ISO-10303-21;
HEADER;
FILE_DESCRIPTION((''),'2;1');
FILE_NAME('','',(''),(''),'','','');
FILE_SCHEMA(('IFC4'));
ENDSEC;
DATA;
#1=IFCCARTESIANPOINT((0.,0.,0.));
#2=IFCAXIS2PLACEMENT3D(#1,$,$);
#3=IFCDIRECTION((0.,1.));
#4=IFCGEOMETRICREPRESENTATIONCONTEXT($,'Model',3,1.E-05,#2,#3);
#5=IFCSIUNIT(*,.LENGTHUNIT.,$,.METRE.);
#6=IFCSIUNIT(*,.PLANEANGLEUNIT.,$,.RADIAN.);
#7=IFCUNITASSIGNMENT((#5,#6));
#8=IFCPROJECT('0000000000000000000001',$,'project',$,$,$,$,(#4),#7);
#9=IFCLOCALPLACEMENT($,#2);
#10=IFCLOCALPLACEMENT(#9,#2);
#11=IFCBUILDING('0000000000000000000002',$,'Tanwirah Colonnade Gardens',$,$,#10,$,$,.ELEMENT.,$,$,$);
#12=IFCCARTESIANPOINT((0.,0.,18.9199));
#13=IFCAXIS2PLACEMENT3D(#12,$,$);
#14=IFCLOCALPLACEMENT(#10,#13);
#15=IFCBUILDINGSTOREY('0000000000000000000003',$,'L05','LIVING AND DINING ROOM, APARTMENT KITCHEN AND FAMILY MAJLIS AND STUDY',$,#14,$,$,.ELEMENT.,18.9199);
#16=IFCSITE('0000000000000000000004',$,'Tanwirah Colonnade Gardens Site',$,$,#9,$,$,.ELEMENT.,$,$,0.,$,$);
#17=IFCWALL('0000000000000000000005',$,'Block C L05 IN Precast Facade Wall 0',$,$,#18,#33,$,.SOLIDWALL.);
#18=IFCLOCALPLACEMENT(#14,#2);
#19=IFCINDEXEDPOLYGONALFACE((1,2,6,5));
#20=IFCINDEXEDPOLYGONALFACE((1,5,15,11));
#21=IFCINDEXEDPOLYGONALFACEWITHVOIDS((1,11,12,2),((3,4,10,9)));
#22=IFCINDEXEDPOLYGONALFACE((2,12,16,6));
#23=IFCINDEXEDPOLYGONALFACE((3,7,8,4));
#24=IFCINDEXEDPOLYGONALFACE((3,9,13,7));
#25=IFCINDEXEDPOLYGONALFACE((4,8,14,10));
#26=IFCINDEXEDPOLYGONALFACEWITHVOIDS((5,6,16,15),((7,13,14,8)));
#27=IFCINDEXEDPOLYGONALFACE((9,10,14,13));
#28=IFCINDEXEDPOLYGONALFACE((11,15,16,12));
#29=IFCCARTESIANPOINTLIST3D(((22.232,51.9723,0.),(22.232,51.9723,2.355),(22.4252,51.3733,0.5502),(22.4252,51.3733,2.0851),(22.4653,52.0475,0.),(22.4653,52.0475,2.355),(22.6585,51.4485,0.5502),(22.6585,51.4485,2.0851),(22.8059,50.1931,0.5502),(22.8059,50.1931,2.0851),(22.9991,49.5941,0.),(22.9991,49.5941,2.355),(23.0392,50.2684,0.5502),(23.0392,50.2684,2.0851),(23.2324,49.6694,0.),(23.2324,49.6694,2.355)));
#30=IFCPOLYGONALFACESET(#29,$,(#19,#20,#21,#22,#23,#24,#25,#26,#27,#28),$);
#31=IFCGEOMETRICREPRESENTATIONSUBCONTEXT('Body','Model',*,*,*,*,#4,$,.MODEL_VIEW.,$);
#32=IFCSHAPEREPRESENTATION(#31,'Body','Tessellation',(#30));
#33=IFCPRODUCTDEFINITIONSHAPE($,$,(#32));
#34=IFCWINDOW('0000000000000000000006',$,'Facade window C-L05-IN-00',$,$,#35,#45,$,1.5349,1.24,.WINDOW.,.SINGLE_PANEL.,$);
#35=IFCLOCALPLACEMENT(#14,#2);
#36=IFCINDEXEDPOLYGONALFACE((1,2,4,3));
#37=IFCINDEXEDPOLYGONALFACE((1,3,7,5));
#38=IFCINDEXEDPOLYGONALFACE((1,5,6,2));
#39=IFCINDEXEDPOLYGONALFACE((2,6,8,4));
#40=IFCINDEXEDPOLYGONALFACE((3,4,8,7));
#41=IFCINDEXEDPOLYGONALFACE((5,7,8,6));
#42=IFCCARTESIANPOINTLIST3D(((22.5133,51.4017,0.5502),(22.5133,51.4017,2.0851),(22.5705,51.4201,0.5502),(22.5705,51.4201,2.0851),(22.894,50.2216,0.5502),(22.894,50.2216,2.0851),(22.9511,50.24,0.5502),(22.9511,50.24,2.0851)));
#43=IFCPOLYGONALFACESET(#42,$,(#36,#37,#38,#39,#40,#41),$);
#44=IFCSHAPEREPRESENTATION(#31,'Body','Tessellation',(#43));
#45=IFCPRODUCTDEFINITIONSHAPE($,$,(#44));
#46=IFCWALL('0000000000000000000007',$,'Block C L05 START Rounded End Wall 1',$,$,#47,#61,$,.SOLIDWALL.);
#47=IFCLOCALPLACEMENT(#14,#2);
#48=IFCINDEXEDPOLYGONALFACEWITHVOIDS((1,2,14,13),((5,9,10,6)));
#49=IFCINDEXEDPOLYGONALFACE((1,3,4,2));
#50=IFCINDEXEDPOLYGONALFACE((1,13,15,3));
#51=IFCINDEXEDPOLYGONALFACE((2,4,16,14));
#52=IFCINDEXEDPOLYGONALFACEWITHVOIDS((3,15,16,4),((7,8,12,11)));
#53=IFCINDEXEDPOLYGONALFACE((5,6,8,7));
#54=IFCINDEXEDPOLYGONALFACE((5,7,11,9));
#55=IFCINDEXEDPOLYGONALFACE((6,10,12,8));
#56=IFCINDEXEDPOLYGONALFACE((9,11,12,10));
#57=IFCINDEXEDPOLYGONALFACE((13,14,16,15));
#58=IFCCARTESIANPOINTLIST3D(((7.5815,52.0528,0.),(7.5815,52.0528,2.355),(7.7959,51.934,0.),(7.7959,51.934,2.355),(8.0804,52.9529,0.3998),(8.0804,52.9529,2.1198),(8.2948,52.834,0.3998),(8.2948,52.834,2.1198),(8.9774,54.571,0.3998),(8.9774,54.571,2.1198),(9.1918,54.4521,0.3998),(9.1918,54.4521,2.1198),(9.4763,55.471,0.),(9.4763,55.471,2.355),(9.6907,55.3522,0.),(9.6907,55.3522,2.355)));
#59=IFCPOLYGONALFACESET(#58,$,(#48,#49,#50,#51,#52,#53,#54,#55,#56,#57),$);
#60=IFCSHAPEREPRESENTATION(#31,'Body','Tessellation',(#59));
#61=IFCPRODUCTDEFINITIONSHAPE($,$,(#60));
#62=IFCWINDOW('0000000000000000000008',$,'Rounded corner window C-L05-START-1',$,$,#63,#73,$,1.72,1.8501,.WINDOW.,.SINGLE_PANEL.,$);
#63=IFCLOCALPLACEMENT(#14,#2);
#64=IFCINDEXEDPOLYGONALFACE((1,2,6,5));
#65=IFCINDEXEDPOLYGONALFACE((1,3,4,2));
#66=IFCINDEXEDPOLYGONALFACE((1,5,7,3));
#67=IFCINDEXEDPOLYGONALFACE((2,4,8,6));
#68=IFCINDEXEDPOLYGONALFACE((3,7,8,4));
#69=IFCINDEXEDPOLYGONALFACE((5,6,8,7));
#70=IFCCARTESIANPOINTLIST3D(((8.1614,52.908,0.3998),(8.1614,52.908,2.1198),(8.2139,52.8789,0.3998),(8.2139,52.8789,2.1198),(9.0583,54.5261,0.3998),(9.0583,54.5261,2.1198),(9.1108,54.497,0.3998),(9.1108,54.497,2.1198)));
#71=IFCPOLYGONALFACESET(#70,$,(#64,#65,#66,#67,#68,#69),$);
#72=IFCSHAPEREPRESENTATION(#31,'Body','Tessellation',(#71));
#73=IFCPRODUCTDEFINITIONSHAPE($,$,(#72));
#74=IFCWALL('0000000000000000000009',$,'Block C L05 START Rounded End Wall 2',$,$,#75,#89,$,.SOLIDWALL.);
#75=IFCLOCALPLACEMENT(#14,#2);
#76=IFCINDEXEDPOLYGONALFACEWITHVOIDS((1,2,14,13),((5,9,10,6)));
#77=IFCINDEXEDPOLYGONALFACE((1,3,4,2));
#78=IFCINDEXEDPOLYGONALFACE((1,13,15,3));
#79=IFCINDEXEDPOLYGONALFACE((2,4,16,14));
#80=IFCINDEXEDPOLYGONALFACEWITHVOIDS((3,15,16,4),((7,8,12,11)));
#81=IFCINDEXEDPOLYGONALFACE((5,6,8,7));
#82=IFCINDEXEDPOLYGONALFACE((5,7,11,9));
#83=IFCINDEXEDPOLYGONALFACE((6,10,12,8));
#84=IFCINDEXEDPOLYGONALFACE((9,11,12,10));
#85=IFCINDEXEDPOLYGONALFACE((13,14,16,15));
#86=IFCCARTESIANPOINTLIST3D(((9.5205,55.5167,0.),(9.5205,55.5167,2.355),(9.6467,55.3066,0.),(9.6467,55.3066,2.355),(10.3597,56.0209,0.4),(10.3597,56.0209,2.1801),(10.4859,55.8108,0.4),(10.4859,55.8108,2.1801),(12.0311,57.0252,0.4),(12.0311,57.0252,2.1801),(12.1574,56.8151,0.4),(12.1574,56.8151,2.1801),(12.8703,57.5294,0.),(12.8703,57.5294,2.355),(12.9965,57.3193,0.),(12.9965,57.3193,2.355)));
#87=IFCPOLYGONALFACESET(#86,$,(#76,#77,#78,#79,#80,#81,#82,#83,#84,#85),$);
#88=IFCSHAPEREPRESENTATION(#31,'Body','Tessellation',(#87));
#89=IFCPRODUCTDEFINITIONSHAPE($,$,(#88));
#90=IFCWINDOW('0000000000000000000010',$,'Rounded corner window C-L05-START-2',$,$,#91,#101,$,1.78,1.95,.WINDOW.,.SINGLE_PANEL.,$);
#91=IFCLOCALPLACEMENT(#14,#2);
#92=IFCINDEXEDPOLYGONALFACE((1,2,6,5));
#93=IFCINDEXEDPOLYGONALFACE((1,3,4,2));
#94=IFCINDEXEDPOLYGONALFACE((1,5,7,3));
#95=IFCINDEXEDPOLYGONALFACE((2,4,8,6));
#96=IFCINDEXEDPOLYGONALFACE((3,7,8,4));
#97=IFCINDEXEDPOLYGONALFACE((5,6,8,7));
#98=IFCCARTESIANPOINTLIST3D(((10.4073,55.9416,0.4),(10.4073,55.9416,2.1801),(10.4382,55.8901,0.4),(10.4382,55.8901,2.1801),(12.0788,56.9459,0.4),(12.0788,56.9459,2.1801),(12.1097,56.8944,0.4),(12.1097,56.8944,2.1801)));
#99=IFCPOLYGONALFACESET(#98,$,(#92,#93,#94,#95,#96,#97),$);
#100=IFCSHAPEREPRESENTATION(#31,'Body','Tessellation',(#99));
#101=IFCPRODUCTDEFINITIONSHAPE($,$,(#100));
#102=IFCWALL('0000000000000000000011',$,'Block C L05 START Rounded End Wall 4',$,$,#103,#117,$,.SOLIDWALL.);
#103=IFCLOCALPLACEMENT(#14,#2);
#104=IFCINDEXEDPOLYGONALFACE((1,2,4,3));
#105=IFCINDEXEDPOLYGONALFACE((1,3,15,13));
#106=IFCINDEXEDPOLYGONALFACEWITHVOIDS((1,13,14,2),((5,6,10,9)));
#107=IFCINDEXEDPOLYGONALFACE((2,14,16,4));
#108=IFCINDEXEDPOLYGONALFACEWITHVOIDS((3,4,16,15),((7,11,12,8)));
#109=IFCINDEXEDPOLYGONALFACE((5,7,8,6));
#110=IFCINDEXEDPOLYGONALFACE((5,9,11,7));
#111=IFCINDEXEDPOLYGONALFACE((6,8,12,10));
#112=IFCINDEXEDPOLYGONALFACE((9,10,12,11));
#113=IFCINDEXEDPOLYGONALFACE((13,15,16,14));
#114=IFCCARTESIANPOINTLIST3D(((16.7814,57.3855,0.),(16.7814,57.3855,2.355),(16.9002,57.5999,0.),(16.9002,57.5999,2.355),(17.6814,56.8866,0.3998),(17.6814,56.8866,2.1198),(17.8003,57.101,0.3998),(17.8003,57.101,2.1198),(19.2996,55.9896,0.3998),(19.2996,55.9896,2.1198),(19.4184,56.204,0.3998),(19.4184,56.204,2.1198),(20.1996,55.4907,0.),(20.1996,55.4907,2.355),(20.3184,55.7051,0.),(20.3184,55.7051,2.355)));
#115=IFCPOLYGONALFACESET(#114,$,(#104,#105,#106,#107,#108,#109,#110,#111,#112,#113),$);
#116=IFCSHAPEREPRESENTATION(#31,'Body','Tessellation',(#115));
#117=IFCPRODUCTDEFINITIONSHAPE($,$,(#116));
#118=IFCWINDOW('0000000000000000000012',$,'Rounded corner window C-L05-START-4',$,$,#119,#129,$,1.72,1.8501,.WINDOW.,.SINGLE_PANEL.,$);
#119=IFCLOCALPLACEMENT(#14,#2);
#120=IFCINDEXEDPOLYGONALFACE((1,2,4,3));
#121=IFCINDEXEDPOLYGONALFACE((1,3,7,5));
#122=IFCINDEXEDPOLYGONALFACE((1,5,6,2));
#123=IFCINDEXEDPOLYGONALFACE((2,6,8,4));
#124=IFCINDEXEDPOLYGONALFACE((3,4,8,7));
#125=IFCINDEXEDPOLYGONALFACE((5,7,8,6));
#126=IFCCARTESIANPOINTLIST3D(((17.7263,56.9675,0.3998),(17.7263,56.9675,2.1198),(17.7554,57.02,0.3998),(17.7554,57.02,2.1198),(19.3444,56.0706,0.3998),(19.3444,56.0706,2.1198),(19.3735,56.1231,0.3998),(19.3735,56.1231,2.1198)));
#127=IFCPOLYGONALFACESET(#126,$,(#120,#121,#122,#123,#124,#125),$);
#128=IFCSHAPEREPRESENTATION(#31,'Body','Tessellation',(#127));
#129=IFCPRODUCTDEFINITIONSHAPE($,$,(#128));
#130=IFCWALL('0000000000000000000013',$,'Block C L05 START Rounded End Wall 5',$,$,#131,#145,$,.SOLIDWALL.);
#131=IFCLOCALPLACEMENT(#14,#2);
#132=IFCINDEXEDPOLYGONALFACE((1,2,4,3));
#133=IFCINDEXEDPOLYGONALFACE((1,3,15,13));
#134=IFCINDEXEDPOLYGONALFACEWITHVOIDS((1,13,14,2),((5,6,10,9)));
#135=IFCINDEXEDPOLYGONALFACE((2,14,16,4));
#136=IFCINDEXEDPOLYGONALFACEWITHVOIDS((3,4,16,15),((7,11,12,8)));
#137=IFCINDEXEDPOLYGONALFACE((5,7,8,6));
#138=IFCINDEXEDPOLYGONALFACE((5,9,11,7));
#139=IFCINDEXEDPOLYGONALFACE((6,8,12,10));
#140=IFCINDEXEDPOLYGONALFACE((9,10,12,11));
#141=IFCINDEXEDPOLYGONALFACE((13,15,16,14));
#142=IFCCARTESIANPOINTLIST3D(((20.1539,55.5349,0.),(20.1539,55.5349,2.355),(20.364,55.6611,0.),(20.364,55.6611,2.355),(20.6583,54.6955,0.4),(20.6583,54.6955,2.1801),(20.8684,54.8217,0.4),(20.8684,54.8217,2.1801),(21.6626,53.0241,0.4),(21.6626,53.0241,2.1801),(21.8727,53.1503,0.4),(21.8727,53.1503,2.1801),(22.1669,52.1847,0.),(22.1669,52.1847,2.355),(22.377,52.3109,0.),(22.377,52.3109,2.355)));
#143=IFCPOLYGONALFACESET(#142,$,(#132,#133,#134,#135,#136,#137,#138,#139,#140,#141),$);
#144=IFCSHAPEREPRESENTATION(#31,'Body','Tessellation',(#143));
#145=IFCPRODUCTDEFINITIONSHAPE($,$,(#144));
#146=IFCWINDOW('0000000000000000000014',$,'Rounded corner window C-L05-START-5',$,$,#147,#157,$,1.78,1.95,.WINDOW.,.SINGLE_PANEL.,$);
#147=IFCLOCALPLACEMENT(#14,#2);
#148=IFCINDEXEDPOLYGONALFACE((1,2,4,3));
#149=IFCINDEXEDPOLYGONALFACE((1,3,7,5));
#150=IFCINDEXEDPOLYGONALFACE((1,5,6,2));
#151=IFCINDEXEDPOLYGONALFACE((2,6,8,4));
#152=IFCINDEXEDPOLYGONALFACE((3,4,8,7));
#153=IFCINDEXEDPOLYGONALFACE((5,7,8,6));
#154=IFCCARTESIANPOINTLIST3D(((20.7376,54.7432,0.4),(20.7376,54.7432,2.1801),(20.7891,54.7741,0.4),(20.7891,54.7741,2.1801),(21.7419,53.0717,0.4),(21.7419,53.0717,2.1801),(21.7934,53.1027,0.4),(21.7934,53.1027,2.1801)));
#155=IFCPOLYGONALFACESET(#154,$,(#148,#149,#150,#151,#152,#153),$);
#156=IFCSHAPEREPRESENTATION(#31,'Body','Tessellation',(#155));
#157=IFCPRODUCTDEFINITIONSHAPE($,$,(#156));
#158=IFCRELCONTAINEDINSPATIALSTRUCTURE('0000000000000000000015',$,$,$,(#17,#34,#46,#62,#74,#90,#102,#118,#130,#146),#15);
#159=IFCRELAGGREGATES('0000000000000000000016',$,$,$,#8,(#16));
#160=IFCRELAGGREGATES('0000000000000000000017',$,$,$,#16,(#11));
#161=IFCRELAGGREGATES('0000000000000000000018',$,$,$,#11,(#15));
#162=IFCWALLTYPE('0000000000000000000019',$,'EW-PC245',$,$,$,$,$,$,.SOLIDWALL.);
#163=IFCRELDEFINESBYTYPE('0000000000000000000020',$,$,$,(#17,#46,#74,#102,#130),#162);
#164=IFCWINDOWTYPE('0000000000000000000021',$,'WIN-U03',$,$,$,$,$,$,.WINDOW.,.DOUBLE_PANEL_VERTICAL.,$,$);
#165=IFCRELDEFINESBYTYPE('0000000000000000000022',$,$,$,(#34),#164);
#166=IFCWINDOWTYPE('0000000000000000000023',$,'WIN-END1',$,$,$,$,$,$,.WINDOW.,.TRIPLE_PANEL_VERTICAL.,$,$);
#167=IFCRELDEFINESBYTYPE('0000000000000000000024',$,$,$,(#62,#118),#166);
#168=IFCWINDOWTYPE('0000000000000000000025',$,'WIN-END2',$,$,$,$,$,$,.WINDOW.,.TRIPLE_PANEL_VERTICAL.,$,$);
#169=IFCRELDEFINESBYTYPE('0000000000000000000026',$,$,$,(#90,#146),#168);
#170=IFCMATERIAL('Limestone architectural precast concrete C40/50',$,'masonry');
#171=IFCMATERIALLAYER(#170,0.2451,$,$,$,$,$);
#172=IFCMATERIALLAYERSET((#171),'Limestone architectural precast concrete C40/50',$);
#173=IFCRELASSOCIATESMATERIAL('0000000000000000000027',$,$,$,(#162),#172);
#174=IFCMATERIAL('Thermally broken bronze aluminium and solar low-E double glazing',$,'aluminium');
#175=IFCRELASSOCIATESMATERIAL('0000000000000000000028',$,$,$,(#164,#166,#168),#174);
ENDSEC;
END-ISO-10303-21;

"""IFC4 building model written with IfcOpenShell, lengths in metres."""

from ifc_helpers import new_model, si_unit, direction, frame, frame_2d, origin, place, context, subcontext, project, spatial, rectangle, extrude, material, layer, layer_set, type_object, element, fill, save


model = new_model("IFC4")

# Units and contexts
model_context = context("Model", 3, precision=1e-05, world=origin(), true_north=direction((0.0, 1.0)))
body_context = subcontext(model_context, "Body", "Model", "MODEL_VIEW")
ifc_project = project(units=[si_unit("LENGTHUNIT", "METRE"), si_unit("PLANEANGLEUNIT", "RADIAN")], contexts=[model_context])

# Site, building, storey
site_placement = place(None, origin())
site = spatial("IfcSite", under=ifc_project, at=site_placement, Name="Tanwirah Colonnade Gardens Site", CompositionType="ELEMENT", RefElevation=0.0)
building_placement = place(site_placement, origin())
building = spatial("IfcBuilding", under=site, at=building_placement, Name="Tanwirah Colonnade Gardens", CompositionType="ELEMENT")
storey_placement = place(building_placement, frame((0.0, 0.0, 18.9199)))
storey = spatial("IfcBuildingStorey", under=building, at=storey_placement, Name="L05", Description="LIVING AND DINING ROOM, APARTMENT KITCHEN AND FAMILY MAJLIS AND STUDY", CompositionType="ELEMENT", Elevation=18.9199)

# Walls, openings, windows
ifc_material_1 = material(Name="Limestone architectural precast concrete C40/50", Category="masonry")
ifc_layer_1 = layer(ifc_material_1, 0.2451)
ifc_layer_set_1 = layer_set([ifc_layer_1], Name="Limestone architectural precast concrete C40/50")
wall_type_1 = type_object("IfcWallType", Name="EW-PC245", PredefinedType="SOLIDWALL", material=ifc_layer_set_1)
wall_1_placement = place(storey_placement, frame((22.3486, 52.01, 0.0), z_axis=(0.0, 0.0, 1.0), x_axis=(0.30698, -0.951716, 0.0)))
wall_1 = element("IfcWall", 1, at=wall_1_placement, inside=storey, type_object=wall_type_1, Name="Block C L05 IN Precast Facade Wall 0", PredefinedType="SOLIDWALL", context=body_context, shape_type="SweptSolid", body=[
    extrude(rectangle(XDim=2.4988, YDim=0.2451, at=frame_2d((1.2495, 0.0))), origin(), (0.0, 0.0, 1.0), 2.355),
])
opening_1_placement = place(wall_1_placement, frame((0.6294, 0.0, 0.55)))
opening_1 = element("IfcOpeningElement", 2, at=opening_1_placement, cuts=wall_1, PredefinedType="OPENING", context=body_context, shape_type="SweptSolid", body=[
    extrude(rectangle(XDim=1.24, YDim=1.5349, at=frame_2d((0.6201, 0.7676))), frame((0.0, 0.1326, 0.0), z_axis=(0.0, -1.0, 0.0), x_axis=(1.0, 0.0, 0.0)), (0.0, 0.0, 1.0), 0.2651),
])
ifc_material_2 = material(Name="Thermally broken bronze aluminium and solar low-E double glazing", Category="aluminium")
window_type_1 = type_object("IfcWindowType", Name="WIN-U03", PartitioningType="DOUBLE_PANEL_VERTICAL", PredefinedType="WINDOW", material=ifc_material_2)
window_1_placement = place(opening_1_placement, origin())
window_1 = element("IfcWindow", 3, at=window_1_placement, inside=storey, type_object=window_type_1, Name="Facade window C-L05-IN-00", OverallHeight=1.5349, OverallWidth=1.24, PartitioningType="SINGLE_PANEL", PredefinedType="WINDOW", context=body_context, shape_type="SweptSolid", body=[
    extrude(rectangle(XDim=1.24, YDim=1.5349, at=frame_2d((0.6201, 0.7676))), frame((0.0, 0.03, 0.0), z_axis=(0.0, -1.0, 0.0), x_axis=(1.0, 0.0, 0.0)), (0.0, 0.0, 1.0), 0.0601),
])
fill(opening_1, window_1)
wall_2_placement = place(storey_placement, frame((7.6887, 51.9934, 0.0), z_axis=(0.0, 0.0, 1.0), x_axis=(0.484815, 0.874617, 0.0)))
wall_2 = element("IfcWall", 4, at=wall_2_placement, inside=storey, type_object=wall_type_1, Name="Block C L05 START Rounded End Wall 1", PredefinedType="SOLIDWALL", context=body_context, shape_type="SweptSolid", body=[
    extrude(rectangle(XDim=3.9082, YDim=0.2451, at=frame_2d((1.9541, 0.0))), origin(), (0.0, 0.0, 1.0), 2.355),
])
opening_2_placement = place(wall_2_placement, frame((1.0291, 0.0, 0.3999)))
opening_2 = element("IfcOpeningElement", 5, at=opening_2_placement, cuts=wall_2, PredefinedType="OPENING", context=body_context, shape_type="SweptSolid", body=[
    extrude(rectangle(XDim=1.8501, YDim=1.72, at=frame_2d((0.925, 0.8599))), frame((0.0, 0.1326, 0.0), z_axis=(0.0, -1.0, 0.0), x_axis=(1.0, 0.0, 0.0)), (0.0, 0.0, 1.0), 0.2651),
])
window_type_2 = type_object("IfcWindowType", Name="WIN-END1", PartitioningType="TRIPLE_PANEL_VERTICAL", PredefinedType="WINDOW", material=ifc_material_2)
window_2_placement = place(opening_2_placement, origin())
window_2 = element("IfcWindow", 6, at=window_2_placement, inside=storey, type_object=window_type_2, Name="Rounded corner window C-L05-START-1", OverallHeight=1.72, OverallWidth=1.8501, PartitioningType="SINGLE_PANEL", PredefinedType="WINDOW", context=body_context, shape_type="SweptSolid", body=[
    extrude(rectangle(XDim=1.8501, YDim=1.72, at=frame_2d((0.925, 0.8599))), frame((0.0, 0.03, 0.0), z_axis=(0.0, -1.0, 0.0), x_axis=(1.0, 0.0, 0.0)), (0.0, 0.0, 1.0), 0.0601),
])
fill(opening_2, window_2)
wall_3_placement = place(storey_placement, frame((9.5835, 55.4116, 0.0), z_axis=(0.0, 0.0, 1.0), x_axis=(0.857179, 0.515019, 0.0)))
wall_3 = element("IfcWall", 7, at=wall_3_placement, inside=storey, type_object=wall_type_1, Name="Block C L05 START Rounded End Wall 2", PredefinedType="SOLIDWALL", context=body_context, shape_type="SweptSolid", body=[
    extrude(rectangle(XDim=3.908, YDim=0.2451, at=frame_2d((1.9541, 0.0))), origin(), (0.0, 0.0, 1.0), 2.355),
])
opening_3_placement = place(wall_3_placement, frame((0.979, 0.0, 0.3999)))
opening_3 = element("IfcOpeningElement", 8, at=opening_3_placement, cuts=wall_3, PredefinedType="OPENING", context=body_context, shape_type="SweptSolid", body=[
    extrude(rectangle(XDim=1.95, YDim=1.78, at=frame_2d((0.9751, 0.8901))), frame((0.0, 0.1326, 0.0), z_axis=(0.0, -1.0, 0.0), x_axis=(1.0, 0.0, 0.0)), (0.0, 0.0, 1.0), 0.2651),
])
window_type_3 = type_object("IfcWindowType", Name="WIN-END2", PartitioningType="TRIPLE_PANEL_VERTICAL", PredefinedType="WINDOW", material=ifc_material_2)
window_3_placement = place(opening_3_placement, origin())
window_3 = element("IfcWindow", 9, at=window_3_placement, inside=storey, type_object=window_type_3, Name="Rounded corner window C-L05-START-2", OverallHeight=1.78, OverallWidth=1.95, PartitioningType="SINGLE_PANEL", PredefinedType="WINDOW", context=body_context, shape_type="SweptSolid", body=[
    extrude(rectangle(XDim=1.95, YDim=1.78, at=frame_2d((0.9751, 0.8901))), frame((0.0, 0.03, 0.0), z_axis=(0.0, -1.0, 0.0), x_axis=(1.0, 0.0, 0.0)), (0.0, 0.0, 1.0), 0.0601),
])
fill(opening_3, window_3)
wall_4_placement = place(storey_placement, frame((16.8408, 57.4927, 0.0), z_axis=(0.0, 0.0, 1.0), x_axis=(0.874617, -0.484815, 0.0)))
wall_4 = element("IfcWall", 10, at=wall_4_placement, inside=storey, type_object=wall_type_1, Name="Block C L05 START Rounded End Wall 4", PredefinedType="SOLIDWALL", context=body_context, shape_type="SweptSolid", body=[
    extrude(rectangle(XDim=3.9082, YDim=0.2451, at=frame_2d((1.9541, 0.0))), origin(), (0.0, 0.0, 1.0), 2.355),
])
opening_4_placement = place(wall_4_placement, frame((1.0291, 0.0, 0.3999)))
opening_4 = element("IfcOpeningElement", 11, at=opening_4_placement, cuts=wall_4, PredefinedType="OPENING", context=body_context, shape_type="SweptSolid", body=[
    extrude(rectangle(XDim=1.8501, YDim=1.72, at=frame_2d((0.925, 0.8599))), frame((0.0, 0.1326, 0.0), z_axis=(0.0, -1.0, 0.0), x_axis=(1.0, 0.0, 0.0)), (0.0, 0.0, 1.0), 0.2651),
])
window_4_placement = place(opening_4_placement, origin())
window_4 = element("IfcWindow", 12, at=window_4_placement, inside=storey, type_object=window_type_2, Name="Rounded corner window C-L05-START-4", OverallHeight=1.72, OverallWidth=1.8501, PartitioningType="SINGLE_PANEL", PredefinedType="WINDOW", context=body_context, shape_type="SweptSolid", body=[
    extrude(rectangle(XDim=1.8501, YDim=1.72, at=frame_2d((0.925, 0.8599))), frame((0.0, 0.03, 0.0), z_axis=(0.0, -1.0, 0.0), x_axis=(1.0, 0.0, 0.0)), (0.0, 0.0, 1.0), 0.0601),
])
fill(opening_4, window_4)
wall_5_placement = place(storey_placement, frame((20.259, 55.5979, 0.0), z_axis=(0.0, 0.0, 1.0), x_axis=(0.515038, -0.857168, 0.0)))
wall_5 = element("IfcWall", 13, at=wall_5_placement, inside=storey, type_object=wall_type_1, Name="Block C L05 START Rounded End Wall 5", PredefinedType="SOLIDWALL", context=body_context, shape_type="SweptSolid", body=[
    extrude(rectangle(XDim=3.9084, YDim=0.2451, at=frame_2d((1.9541, 0.0))), origin(), (0.0, 0.0, 1.0), 2.355),
])
opening_5_placement = place(wall_5_placement, frame((0.979, 0.0, 0.3999)))
opening_5 = element("IfcOpeningElement", 14, at=opening_5_placement, cuts=wall_5, PredefinedType="OPENING", context=body_context, shape_type="SweptSolid", body=[
    extrude(rectangle(XDim=1.95, YDim=1.78, at=frame_2d((0.9751, 0.8901))), frame((0.0, 0.1326, 0.0), z_axis=(0.0, -1.0, 0.0), x_axis=(1.0, 0.0, 0.0)), (0.0, 0.0, 1.0), 0.2651),
])
window_5_placement = place(opening_5_placement, origin())
window_5 = element("IfcWindow", 15, at=window_5_placement, inside=storey, type_object=window_type_3, Name="Rounded corner window C-L05-START-5", OverallHeight=1.78, OverallWidth=1.95, PartitioningType="SINGLE_PANEL", PredefinedType="WINDOW", context=body_context, shape_type="SweptSolid", body=[
    extrude(rectangle(XDim=1.95, YDim=1.78, at=frame_2d((0.9751, 0.8901))), frame((0.0, 0.03, 0.0), z_axis=(0.0, -1.0, 0.0), x_axis=(1.0, 0.0, 0.0)), (0.0, 0.0, 1.0), 0.0601),
])
fill(opening_5, window_5)

save(model, "model.ifc")
